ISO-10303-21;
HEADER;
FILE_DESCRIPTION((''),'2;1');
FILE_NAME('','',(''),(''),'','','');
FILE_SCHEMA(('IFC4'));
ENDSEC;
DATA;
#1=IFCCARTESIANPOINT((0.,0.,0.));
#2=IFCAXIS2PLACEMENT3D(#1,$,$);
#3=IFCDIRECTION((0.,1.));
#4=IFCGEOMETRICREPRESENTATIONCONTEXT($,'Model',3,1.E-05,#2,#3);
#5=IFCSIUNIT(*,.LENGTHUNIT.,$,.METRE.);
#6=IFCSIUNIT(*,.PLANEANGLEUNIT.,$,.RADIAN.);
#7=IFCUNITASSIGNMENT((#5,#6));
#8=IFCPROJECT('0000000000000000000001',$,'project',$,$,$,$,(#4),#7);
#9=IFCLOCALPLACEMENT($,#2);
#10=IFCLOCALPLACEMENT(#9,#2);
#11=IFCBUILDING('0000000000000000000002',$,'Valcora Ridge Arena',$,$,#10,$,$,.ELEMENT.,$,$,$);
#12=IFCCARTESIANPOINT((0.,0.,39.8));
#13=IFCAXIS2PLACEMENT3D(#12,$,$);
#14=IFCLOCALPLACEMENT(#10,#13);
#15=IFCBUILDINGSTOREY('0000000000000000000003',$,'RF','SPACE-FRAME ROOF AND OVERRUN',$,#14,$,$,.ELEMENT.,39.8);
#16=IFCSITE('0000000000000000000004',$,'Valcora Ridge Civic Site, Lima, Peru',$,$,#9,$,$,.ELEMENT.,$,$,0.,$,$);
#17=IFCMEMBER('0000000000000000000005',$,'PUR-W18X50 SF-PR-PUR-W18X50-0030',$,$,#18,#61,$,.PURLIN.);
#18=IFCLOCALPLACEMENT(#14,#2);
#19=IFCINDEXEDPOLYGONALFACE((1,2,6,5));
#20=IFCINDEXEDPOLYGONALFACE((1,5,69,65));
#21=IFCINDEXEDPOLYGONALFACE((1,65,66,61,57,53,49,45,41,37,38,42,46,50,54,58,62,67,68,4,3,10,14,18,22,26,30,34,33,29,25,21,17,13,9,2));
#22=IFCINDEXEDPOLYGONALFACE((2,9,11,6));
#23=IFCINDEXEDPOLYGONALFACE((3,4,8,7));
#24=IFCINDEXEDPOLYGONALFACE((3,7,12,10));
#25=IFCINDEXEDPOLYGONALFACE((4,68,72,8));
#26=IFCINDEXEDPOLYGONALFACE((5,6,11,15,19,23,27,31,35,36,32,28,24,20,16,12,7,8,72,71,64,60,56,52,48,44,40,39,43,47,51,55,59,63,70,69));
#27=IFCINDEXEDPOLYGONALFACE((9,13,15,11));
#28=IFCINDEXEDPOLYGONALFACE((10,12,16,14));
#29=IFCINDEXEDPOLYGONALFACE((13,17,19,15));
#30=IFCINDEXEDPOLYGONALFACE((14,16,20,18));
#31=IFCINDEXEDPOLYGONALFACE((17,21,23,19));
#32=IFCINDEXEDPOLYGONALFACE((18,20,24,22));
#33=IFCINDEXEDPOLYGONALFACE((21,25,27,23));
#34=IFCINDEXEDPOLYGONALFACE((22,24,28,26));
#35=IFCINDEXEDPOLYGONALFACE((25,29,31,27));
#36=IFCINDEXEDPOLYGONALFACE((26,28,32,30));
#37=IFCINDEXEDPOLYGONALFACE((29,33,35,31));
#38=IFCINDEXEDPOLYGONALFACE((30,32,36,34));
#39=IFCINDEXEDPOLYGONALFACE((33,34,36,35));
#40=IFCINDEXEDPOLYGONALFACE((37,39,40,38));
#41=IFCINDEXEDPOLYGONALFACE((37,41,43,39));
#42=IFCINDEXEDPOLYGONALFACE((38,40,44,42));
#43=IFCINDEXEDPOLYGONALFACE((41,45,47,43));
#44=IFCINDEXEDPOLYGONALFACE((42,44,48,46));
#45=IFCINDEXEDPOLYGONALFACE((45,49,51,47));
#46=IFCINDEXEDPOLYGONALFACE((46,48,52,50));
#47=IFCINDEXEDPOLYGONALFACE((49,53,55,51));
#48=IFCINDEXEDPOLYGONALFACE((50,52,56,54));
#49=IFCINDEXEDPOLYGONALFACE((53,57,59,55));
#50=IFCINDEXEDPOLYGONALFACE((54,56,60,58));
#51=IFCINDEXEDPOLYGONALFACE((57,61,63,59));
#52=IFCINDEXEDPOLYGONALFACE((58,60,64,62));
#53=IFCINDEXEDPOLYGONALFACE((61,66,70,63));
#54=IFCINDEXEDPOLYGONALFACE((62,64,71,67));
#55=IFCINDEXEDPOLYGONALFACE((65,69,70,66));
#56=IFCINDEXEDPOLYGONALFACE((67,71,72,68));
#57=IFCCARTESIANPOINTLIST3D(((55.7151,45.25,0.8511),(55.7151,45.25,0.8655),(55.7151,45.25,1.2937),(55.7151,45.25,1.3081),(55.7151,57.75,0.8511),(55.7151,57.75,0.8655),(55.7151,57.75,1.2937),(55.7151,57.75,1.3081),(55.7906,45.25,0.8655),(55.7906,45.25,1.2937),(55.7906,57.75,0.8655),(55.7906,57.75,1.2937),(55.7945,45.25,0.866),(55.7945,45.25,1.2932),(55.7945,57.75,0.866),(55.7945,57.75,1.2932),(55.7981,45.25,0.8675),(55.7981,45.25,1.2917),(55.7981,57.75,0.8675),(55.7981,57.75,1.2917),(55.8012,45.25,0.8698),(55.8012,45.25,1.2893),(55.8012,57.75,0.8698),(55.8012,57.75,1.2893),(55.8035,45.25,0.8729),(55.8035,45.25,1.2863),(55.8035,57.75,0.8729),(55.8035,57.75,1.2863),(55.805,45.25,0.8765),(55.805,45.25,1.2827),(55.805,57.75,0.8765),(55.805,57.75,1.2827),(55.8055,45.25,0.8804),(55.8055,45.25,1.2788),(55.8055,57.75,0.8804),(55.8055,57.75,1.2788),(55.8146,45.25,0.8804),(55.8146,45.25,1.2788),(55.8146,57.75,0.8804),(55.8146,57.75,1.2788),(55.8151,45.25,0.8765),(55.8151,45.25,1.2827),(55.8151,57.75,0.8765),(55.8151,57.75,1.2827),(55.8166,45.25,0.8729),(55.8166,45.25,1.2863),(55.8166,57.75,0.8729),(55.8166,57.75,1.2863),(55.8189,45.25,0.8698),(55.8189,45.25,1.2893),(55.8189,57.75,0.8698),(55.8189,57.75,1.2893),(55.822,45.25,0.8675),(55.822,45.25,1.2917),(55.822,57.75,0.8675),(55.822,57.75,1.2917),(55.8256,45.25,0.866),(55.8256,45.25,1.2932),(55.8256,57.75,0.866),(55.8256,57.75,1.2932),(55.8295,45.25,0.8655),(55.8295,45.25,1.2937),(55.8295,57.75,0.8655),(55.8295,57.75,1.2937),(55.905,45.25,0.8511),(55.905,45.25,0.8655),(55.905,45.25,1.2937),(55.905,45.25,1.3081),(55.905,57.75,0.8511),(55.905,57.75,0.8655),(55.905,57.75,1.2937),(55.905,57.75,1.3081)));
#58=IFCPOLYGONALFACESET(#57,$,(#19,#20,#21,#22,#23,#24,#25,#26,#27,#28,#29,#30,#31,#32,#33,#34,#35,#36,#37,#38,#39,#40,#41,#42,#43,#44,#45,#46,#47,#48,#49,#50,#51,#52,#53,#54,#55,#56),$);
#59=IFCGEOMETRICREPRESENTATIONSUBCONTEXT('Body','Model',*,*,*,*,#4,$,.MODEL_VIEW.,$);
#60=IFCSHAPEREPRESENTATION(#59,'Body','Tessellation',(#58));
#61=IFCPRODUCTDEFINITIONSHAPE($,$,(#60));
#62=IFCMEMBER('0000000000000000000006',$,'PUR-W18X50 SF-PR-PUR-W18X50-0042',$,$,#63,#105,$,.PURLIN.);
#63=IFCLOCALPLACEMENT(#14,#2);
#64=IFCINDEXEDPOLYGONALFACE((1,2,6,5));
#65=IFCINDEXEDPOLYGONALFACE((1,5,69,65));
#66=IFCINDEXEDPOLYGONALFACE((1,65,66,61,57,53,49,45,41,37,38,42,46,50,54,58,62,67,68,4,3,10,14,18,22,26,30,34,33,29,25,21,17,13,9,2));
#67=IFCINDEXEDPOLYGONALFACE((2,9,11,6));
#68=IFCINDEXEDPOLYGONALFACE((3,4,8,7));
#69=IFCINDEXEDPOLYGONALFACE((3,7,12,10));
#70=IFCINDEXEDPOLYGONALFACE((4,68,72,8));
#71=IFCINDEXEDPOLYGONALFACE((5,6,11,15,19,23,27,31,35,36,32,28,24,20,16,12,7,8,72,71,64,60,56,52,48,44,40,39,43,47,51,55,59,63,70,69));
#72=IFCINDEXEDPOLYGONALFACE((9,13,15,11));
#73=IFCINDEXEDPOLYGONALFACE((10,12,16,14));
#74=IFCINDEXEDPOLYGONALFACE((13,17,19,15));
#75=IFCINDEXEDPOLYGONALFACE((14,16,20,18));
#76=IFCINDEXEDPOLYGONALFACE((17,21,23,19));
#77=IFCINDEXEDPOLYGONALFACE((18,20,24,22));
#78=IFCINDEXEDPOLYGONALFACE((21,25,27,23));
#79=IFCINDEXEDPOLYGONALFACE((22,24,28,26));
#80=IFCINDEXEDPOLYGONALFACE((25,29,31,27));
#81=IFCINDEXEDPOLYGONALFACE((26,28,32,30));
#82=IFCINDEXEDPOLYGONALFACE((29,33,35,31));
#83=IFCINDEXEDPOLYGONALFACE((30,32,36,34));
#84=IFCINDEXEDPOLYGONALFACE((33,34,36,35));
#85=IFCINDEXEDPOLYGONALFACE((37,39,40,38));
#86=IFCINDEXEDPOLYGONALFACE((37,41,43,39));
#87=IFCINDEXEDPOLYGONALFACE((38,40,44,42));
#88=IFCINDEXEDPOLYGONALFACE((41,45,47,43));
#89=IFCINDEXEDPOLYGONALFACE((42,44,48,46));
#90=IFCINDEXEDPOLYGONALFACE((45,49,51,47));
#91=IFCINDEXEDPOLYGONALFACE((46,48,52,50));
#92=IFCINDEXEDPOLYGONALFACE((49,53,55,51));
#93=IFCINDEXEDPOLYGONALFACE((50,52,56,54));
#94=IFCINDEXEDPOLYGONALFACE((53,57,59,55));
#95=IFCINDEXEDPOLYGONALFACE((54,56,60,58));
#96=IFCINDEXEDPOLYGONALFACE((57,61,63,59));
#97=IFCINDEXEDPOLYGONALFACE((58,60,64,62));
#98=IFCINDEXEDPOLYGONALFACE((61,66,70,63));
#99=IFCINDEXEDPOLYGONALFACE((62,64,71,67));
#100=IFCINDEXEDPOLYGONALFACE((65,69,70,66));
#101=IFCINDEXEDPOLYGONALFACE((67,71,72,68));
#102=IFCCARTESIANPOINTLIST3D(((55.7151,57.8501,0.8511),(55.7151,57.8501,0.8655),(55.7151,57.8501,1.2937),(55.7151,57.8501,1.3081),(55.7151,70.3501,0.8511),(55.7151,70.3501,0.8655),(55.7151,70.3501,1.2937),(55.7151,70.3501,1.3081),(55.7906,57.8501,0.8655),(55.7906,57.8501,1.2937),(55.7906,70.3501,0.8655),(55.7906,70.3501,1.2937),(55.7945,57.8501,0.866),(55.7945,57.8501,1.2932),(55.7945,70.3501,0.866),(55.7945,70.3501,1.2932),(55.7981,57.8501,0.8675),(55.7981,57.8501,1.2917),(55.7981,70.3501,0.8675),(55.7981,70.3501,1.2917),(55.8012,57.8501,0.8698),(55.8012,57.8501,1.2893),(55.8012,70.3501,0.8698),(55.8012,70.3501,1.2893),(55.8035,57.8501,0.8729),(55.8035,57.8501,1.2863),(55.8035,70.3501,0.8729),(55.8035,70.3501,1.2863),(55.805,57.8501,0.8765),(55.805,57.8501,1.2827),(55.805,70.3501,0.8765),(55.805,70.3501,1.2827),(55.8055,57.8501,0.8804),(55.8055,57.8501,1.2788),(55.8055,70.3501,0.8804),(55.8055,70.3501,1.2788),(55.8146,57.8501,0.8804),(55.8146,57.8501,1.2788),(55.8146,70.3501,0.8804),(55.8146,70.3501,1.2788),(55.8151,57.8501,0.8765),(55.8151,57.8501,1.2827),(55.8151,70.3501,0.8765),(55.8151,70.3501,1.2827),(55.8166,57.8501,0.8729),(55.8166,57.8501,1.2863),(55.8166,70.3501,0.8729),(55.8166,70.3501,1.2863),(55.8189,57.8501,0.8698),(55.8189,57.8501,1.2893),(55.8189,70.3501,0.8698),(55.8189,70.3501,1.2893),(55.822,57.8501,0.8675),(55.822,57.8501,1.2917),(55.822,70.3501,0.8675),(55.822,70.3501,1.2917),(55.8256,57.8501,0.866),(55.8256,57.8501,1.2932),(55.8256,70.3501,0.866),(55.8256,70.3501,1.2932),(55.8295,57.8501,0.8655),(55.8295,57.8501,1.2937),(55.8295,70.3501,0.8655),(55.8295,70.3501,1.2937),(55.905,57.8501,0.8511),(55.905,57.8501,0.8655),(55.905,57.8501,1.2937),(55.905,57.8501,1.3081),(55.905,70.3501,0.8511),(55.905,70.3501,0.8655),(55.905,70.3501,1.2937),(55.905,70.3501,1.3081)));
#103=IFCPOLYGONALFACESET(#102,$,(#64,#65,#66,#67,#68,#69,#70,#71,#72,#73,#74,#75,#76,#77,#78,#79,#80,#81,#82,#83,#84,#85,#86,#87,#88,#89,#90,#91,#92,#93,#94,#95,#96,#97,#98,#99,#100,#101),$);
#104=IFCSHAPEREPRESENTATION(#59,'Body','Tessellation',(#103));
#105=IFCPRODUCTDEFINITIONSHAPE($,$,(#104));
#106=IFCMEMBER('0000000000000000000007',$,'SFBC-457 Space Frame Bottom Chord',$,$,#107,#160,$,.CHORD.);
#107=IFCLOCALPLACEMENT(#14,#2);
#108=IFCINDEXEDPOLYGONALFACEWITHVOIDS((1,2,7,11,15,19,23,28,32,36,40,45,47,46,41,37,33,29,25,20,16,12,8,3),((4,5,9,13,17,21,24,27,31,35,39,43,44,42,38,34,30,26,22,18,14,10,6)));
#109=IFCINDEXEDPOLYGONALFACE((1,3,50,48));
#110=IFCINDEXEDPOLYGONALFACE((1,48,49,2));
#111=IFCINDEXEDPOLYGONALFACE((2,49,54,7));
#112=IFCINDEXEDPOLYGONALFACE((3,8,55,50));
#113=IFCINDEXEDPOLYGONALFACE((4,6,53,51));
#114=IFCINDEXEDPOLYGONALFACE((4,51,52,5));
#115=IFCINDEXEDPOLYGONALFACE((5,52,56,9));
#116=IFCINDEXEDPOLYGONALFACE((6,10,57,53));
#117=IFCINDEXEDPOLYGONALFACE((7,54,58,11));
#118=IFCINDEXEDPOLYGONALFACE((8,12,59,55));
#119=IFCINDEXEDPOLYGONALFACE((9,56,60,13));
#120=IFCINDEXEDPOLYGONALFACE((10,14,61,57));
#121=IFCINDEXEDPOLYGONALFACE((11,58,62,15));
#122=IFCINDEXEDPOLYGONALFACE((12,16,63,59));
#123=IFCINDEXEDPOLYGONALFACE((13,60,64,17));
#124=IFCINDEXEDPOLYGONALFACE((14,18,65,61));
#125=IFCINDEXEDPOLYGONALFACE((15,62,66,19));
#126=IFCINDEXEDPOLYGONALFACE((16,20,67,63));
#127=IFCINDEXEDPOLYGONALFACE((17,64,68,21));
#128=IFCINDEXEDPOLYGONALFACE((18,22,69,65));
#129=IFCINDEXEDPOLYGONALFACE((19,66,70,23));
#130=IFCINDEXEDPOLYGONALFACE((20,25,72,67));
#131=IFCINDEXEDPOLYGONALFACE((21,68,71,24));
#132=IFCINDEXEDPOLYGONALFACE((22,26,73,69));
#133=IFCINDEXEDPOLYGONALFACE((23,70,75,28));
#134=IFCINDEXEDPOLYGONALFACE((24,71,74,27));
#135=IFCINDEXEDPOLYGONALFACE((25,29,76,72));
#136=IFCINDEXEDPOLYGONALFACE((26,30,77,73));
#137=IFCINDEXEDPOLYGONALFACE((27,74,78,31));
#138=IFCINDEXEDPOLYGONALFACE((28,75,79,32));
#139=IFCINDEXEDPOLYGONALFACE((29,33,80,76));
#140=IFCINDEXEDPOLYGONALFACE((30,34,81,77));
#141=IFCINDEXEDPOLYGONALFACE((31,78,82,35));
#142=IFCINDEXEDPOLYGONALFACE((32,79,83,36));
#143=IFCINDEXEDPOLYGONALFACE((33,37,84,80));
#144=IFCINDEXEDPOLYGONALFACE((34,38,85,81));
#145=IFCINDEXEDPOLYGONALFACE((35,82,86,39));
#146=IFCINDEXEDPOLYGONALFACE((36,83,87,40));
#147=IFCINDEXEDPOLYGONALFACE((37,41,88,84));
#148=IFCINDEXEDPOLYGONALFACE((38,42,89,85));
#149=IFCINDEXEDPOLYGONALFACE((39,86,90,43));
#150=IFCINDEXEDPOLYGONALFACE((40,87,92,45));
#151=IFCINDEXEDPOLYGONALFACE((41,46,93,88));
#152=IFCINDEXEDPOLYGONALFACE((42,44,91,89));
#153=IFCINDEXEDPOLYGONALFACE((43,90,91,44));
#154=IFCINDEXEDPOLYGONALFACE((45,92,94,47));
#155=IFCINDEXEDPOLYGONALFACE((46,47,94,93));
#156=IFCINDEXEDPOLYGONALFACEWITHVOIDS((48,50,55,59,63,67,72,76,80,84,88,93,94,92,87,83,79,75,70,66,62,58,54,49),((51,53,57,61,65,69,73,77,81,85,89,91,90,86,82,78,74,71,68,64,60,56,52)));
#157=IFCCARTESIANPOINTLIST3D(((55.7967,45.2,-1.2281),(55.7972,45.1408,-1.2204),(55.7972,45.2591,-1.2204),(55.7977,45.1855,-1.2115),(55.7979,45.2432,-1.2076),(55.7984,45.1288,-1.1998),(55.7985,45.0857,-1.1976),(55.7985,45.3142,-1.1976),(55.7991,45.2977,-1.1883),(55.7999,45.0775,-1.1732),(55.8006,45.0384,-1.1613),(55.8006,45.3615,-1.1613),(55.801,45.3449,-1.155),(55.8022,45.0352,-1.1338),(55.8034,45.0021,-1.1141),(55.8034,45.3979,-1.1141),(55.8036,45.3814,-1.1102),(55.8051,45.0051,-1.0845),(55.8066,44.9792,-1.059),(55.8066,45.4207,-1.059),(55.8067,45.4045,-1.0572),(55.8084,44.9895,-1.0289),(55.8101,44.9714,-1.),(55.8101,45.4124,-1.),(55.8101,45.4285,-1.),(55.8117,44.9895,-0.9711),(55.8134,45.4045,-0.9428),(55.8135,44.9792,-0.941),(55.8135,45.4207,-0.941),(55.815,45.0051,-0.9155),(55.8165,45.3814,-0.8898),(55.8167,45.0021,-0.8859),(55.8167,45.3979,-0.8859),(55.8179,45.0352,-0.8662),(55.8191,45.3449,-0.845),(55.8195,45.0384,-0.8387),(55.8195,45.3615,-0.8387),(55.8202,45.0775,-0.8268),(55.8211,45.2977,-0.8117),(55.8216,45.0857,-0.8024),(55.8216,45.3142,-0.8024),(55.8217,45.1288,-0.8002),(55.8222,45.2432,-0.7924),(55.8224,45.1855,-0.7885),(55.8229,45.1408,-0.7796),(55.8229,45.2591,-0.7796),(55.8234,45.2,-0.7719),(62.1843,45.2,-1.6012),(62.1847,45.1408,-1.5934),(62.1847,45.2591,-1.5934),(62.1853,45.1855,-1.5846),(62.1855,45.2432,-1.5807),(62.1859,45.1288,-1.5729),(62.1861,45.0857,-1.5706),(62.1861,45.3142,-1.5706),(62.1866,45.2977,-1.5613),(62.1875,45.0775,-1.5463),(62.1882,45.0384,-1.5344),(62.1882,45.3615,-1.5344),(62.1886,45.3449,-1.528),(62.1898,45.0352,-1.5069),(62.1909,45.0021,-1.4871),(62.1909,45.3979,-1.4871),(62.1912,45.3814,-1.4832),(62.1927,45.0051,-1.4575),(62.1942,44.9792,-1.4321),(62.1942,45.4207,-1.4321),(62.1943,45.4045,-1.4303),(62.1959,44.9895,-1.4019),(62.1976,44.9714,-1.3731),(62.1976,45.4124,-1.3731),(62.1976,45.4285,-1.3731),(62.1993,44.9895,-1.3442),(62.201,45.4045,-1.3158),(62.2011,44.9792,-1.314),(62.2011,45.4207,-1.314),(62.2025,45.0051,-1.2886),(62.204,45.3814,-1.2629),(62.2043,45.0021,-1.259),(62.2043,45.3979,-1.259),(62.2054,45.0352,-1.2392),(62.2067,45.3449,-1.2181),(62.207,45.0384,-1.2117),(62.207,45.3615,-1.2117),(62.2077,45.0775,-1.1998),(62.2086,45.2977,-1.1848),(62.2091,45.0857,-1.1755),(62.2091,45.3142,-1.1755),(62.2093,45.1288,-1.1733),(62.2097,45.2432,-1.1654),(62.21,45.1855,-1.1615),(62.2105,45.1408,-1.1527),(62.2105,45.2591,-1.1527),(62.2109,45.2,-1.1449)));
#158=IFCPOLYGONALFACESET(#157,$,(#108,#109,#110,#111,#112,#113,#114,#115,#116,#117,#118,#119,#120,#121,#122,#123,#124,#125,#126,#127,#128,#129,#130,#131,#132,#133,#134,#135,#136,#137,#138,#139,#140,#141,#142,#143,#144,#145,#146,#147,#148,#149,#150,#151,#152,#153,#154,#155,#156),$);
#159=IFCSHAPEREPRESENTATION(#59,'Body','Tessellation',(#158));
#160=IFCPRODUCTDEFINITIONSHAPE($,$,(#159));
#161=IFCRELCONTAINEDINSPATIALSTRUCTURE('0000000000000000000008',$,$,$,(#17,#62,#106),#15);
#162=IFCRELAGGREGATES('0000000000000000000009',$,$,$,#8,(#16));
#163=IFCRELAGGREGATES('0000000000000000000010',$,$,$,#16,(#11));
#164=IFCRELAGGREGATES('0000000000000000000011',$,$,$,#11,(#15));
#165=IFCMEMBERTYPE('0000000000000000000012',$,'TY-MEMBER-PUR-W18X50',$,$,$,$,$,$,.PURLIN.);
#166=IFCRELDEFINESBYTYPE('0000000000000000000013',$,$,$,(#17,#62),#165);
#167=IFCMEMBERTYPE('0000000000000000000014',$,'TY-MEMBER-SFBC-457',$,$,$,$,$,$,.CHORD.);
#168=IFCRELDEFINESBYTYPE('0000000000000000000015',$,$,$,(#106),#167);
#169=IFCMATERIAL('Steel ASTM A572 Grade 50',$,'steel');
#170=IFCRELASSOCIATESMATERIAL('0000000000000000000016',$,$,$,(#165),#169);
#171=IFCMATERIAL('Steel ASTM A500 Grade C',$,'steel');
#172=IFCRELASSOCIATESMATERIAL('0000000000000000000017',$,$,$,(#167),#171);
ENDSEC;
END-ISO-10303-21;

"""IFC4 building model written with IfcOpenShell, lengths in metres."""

from ifc_helpers import new_model, si_unit, direction, frame, origin, origin_2d, place, context, subcontext, project, spatial, hollow_circle, i_section, extrude, material, material_profile, profile_set, type_object, element, save


model = new_model("IFC4")

# Units and contexts
model_context = context("Model", 3, precision=1e-05, world=origin(), true_north=direction((0.0, 1.0)))
body_context = subcontext(model_context, "Body", "Model", "MODEL_VIEW")
ifc_project = project(units=[si_unit("LENGTHUNIT", "METRE"), si_unit("PLANEANGLEUNIT", "RADIAN")], contexts=[model_context])

# Site, building, storey
site_placement = place(None, origin())
site = spatial("IfcSite", under=ifc_project, at=site_placement, Name="Valcora Ridge Civic Site, Lima, Peru", CompositionType="ELEMENT", RefElevation=0.0)
building_placement = place(site_placement, origin())
building = spatial("IfcBuilding", under=site, at=building_placement, Name="Valcora Ridge Arena", CompositionType="ELEMENT")
storey_placement = place(building_placement, frame((0.0, 0.0, 39.8)))
storey = spatial("IfcBuildingStorey", under=building, at=storey_placement, Name="RF", Description="SPACE-FRAME ROOF AND OVERRUN", CompositionType="ELEMENT", Elevation=39.8)

# Members
ifc_material_1 = material(Name="Steel ASTM A572 Grade 50", Category="steel")
ifc_material_profile_1 = material_profile(ifc_material_1, i_section(OverallWidth=0.1899, OverallDepth=0.457, WebThickness=0.009, FlangeThickness=0.0144, FilletRadius=0.0149, at=origin_2d()), Name="W18X50")
ifc_profile_set_1 = profile_set([ifc_material_profile_1], Name="Steel ASTM A572 Grade 50")
member_type_1 = type_object("IfcMemberType", Name="TY-MEMBER-PUR-W18X50", PredefinedType="PURLIN", material=ifc_profile_set_1)
for number, where, z_axis, x_axis, name in (
    (1, (55.8101, 45.25, 1.0796), (0.0, 1.0, 0.0), (-1.0, 0.0, 0.0), "PUR-W18X50 SF-PR-PUR-W18X50-0030"),
    (2, (55.8101, 57.8501, 1.0796), (0.0, 1.0, 0.0), (-1.0, 0.0, 0.0), "PUR-W18X50 SF-PR-PUR-W18X50-0042"),
):
    element("IfcMember", number, at=place(storey_placement, frame(where, z_axis=z_axis, x_axis=x_axis)), inside=storey, type_object=member_type_1, Name=name, PredefinedType="PURLIN", context=body_context, shape_type="SweptSolid", body=[
        extrude(i_section(OverallWidth=0.1899, OverallDepth=0.457, WebThickness=0.009, FlangeThickness=0.0144, FilletRadius=0.0149, at=origin_2d()), origin(), (0.0, 0.0, 1.0), 12.5),
    ])
ifc_material_2 = material(Name="Steel ASTM A500 Grade C", Category="steel")
ifc_material_profile_2 = material_profile(ifc_material_2, hollow_circle(Radius=0.2285, WallThickness=0.0161, at=origin_2d()), Name="CHS457X16")
ifc_profile_set_2 = profile_set([ifc_material_profile_2], Name="Steel ASTM A500 Grade C")
member_type_2 = type_object("IfcMemberType", Name="TY-MEMBER-SFBC-457", PredefinedType="CHORD", material=ifc_profile_set_2)
member_1_placement = place(storey_placement, frame((55.8101, 45.2, -1.0), z_axis=(0.998299, 0.0, -0.058304), x_axis=(0.0, 1.0, 0.0)))
element("IfcMember", 3, at=member_1_placement, inside=storey, type_object=member_type_2, Name="SFBC-457 Space Frame Bottom Chord", PredefinedType="CHORD", context=body_context, shape_type="SweptSolid", body=[
    extrude(hollow_circle(Radius=0.2285, WallThickness=0.0161, at=origin_2d()), origin(), (0.0, 0.0, 1.0), 6.3984),
])

save(model, "model.ifc")
